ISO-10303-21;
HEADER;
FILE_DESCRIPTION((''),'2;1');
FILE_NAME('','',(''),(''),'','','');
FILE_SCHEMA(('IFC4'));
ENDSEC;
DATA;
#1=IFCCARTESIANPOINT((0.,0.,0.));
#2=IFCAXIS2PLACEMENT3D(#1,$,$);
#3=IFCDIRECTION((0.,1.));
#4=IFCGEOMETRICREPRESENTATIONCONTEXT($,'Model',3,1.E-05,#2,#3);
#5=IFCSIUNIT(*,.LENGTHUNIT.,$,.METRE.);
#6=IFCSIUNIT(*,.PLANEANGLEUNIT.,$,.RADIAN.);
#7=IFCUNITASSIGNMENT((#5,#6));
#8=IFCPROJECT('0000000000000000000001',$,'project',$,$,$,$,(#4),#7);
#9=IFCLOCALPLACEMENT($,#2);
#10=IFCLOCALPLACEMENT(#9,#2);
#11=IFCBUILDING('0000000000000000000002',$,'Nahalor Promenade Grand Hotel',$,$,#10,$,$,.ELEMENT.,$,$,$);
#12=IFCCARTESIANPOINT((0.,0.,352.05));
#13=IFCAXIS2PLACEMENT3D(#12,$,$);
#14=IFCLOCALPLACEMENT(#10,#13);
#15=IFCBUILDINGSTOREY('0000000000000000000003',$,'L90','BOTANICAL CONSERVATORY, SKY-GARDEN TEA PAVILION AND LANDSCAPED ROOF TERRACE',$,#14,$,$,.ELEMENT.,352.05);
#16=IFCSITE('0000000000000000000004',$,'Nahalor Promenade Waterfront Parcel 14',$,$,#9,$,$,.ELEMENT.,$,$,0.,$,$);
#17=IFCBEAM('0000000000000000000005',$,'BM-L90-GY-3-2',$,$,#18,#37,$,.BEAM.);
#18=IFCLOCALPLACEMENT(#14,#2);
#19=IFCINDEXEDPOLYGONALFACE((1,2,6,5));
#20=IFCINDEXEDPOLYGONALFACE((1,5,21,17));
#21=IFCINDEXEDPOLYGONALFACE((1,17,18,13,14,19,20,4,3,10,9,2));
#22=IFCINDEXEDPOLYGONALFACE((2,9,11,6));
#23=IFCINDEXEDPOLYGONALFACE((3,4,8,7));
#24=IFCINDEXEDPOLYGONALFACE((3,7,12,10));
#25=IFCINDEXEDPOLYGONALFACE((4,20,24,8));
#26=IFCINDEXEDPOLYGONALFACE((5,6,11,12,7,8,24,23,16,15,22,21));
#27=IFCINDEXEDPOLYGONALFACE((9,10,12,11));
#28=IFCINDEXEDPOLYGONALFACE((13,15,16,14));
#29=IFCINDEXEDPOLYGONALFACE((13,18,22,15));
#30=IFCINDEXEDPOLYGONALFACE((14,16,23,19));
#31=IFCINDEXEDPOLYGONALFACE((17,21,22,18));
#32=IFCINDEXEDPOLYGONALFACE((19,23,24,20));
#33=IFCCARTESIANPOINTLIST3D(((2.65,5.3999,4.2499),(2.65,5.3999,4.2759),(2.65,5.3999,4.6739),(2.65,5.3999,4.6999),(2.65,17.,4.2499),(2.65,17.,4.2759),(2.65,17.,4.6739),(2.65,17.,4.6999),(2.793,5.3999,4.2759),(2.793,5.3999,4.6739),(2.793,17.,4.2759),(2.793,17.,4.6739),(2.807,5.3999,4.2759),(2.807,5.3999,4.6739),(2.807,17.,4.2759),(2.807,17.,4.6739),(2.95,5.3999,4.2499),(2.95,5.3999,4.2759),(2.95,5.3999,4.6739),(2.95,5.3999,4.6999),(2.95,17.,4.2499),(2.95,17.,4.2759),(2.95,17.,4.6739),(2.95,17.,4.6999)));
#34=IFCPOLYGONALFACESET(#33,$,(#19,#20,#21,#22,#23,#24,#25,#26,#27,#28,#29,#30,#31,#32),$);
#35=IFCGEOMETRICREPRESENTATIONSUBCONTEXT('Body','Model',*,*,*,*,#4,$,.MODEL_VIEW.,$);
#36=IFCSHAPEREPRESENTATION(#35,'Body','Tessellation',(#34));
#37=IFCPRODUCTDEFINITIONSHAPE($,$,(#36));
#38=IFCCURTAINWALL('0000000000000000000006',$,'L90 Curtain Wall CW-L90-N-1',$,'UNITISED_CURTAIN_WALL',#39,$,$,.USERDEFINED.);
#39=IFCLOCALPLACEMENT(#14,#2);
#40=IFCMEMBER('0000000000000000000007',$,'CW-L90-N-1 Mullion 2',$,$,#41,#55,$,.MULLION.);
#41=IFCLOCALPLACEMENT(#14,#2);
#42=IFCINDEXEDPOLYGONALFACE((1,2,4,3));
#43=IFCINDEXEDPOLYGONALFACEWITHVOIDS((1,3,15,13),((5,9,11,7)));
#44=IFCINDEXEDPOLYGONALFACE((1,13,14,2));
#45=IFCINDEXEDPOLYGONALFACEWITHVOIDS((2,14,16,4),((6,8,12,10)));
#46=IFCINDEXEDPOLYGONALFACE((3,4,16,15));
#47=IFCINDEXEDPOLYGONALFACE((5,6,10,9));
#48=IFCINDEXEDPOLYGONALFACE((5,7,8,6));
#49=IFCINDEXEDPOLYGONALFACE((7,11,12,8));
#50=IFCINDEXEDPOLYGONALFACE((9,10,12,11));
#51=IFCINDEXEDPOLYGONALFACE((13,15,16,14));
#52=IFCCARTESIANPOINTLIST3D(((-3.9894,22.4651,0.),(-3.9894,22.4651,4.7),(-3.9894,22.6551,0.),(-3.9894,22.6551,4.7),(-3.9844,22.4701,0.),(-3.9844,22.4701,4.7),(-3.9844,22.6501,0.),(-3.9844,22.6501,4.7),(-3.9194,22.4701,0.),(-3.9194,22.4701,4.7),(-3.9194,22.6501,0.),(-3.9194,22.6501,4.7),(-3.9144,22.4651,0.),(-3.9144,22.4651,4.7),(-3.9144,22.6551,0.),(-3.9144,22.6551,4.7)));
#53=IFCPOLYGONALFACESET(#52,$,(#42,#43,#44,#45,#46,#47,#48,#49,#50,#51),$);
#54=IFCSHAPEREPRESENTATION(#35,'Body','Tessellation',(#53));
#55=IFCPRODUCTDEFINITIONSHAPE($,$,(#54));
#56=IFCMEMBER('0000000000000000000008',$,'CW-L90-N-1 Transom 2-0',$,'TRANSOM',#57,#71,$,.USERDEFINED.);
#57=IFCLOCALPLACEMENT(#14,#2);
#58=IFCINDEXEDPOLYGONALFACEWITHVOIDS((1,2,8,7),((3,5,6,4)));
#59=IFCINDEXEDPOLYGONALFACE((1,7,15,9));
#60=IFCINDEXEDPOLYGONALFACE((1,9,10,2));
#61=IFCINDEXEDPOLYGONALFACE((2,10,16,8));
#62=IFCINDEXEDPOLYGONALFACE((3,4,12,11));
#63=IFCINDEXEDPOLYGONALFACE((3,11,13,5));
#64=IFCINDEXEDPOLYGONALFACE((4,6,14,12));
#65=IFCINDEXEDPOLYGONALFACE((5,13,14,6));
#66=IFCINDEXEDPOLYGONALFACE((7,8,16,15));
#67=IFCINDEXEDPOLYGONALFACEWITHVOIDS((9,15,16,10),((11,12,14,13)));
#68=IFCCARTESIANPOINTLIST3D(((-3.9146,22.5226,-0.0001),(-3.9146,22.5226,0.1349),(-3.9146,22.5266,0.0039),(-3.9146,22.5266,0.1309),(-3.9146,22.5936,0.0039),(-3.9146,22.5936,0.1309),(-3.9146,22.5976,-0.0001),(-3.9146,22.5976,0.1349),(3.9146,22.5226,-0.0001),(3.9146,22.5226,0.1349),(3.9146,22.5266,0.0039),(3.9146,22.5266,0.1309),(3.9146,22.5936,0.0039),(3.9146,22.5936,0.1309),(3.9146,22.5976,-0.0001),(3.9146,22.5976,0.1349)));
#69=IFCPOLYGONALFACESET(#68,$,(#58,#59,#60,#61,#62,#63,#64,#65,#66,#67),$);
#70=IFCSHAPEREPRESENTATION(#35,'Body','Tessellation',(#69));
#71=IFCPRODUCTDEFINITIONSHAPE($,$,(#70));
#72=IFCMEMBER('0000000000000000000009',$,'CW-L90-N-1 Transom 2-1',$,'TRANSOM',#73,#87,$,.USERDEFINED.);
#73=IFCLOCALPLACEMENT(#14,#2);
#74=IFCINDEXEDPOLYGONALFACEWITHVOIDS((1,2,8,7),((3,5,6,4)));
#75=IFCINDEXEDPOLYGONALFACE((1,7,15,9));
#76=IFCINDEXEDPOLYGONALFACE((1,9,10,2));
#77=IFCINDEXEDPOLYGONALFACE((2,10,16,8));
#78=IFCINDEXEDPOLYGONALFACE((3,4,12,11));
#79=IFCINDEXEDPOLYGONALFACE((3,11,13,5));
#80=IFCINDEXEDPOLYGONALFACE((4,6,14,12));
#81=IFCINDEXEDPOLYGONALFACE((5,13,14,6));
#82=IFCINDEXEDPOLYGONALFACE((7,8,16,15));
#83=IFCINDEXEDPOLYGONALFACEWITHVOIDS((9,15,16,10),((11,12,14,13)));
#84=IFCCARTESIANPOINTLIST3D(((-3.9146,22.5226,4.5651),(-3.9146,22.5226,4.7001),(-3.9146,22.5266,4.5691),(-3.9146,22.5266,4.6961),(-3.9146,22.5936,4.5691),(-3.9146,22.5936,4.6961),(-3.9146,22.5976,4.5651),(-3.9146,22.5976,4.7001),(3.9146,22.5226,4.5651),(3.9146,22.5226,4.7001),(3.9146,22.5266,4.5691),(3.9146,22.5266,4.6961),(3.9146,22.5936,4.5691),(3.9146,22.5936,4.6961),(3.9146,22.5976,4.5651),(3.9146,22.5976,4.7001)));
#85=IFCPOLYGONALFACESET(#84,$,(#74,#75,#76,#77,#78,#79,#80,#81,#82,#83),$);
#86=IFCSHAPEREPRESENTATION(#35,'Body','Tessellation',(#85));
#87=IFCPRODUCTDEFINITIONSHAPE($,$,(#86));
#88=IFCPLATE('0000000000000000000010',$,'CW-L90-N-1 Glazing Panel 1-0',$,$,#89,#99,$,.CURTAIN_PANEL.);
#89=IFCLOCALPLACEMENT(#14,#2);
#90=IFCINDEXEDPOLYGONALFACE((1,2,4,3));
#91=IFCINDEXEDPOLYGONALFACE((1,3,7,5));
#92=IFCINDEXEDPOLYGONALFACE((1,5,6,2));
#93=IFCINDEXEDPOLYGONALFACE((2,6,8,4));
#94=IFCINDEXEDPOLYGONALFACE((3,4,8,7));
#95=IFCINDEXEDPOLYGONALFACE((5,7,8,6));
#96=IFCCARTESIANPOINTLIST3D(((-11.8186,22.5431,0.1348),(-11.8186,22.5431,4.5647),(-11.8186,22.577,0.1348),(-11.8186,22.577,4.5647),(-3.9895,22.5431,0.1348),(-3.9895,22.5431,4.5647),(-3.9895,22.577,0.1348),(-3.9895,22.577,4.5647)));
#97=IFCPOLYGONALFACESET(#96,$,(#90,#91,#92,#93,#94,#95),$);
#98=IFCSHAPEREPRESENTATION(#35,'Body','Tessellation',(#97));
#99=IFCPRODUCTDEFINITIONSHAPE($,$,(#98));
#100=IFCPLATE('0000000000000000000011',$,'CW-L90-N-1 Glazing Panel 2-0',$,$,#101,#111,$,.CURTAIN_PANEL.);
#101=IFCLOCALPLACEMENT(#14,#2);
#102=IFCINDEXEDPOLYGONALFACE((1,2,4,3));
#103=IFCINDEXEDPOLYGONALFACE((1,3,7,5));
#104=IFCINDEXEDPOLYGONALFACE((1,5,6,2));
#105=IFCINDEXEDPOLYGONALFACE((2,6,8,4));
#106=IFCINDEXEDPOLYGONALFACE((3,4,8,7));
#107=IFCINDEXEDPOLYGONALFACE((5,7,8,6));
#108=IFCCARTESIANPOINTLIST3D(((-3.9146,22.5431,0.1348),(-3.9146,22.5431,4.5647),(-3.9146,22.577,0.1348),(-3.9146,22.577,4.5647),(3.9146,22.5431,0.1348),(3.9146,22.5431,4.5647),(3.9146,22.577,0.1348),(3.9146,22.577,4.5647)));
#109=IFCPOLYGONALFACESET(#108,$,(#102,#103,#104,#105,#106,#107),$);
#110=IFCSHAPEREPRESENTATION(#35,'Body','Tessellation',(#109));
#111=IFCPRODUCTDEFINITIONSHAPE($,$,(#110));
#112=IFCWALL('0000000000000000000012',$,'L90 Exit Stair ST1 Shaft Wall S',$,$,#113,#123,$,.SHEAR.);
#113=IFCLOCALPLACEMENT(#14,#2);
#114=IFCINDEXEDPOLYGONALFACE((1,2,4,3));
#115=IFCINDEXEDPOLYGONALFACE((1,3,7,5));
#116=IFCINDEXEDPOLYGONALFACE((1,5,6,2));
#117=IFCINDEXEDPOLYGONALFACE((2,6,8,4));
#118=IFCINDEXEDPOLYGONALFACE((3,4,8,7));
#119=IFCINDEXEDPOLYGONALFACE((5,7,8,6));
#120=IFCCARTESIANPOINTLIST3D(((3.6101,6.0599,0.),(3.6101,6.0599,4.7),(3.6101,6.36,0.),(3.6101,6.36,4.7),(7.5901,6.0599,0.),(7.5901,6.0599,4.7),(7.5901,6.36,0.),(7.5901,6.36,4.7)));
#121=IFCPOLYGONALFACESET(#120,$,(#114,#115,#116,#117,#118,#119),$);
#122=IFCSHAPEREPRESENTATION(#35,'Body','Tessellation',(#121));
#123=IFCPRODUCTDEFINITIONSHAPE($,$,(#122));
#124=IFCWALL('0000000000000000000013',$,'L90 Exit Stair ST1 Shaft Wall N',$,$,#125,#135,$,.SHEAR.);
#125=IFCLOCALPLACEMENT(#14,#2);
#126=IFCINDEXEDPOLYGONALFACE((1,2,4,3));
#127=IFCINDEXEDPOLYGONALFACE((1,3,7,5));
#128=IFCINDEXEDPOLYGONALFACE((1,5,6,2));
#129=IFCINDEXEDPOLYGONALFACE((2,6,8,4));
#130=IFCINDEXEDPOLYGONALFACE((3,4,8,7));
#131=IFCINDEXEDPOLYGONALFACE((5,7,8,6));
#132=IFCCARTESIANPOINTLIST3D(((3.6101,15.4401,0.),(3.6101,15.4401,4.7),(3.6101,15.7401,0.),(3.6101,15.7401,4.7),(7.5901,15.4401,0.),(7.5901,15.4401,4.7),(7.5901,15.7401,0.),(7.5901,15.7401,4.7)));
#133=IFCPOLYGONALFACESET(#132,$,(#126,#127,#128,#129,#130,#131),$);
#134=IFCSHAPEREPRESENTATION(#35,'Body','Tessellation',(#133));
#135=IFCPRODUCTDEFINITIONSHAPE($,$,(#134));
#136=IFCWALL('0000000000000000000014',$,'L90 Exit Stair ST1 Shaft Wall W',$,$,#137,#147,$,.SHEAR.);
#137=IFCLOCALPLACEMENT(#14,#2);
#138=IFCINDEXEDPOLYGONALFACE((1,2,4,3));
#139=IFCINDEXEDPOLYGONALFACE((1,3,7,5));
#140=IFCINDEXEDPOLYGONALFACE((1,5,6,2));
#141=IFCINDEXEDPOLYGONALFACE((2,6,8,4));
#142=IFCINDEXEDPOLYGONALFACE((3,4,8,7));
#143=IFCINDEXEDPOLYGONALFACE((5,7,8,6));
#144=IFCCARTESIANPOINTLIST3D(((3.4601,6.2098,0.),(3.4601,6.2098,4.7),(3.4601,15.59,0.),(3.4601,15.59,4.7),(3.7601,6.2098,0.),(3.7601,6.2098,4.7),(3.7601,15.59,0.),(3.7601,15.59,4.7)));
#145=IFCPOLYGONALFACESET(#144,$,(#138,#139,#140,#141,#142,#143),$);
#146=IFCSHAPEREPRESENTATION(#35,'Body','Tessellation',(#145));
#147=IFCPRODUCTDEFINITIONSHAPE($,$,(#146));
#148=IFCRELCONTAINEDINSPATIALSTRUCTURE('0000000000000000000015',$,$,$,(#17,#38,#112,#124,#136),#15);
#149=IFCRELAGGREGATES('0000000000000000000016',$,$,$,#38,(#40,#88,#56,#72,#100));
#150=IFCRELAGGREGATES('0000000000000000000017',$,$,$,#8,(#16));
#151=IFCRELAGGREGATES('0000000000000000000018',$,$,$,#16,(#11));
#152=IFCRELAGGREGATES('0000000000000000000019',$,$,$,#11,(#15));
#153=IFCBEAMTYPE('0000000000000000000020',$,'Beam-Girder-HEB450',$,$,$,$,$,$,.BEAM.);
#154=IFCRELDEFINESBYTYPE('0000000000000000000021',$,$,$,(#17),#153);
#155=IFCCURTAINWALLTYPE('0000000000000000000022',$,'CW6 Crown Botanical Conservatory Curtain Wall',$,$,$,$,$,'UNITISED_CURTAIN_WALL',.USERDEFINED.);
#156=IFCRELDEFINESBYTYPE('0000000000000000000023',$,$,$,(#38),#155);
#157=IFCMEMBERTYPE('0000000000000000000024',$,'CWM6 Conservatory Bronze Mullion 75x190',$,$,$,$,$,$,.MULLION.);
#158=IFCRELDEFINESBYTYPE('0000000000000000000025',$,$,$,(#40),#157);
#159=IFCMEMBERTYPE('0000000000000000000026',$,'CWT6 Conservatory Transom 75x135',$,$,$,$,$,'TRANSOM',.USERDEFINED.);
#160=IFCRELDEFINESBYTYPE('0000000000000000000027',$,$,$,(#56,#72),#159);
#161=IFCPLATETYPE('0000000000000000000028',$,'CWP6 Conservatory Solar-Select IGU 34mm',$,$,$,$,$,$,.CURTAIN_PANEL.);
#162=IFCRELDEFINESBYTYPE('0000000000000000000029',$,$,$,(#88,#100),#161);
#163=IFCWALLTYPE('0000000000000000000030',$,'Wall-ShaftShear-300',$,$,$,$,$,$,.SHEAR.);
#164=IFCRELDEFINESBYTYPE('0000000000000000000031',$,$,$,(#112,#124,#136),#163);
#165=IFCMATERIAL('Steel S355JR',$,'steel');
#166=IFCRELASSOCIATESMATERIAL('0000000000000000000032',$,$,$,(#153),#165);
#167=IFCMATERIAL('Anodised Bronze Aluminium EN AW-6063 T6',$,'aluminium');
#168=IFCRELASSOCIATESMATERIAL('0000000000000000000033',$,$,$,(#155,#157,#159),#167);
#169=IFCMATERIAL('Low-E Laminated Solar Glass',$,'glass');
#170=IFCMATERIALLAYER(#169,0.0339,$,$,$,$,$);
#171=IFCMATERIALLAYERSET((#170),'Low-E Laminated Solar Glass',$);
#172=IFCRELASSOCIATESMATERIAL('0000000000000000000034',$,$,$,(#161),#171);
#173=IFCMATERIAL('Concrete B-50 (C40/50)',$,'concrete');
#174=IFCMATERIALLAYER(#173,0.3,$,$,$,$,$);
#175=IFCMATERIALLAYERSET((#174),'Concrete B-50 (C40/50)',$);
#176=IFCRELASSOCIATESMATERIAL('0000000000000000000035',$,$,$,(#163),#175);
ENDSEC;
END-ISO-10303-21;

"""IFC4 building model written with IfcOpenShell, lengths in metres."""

from ifc_helpers import new_model, si_unit, direction, frame, frame_2d, origin, origin_2d, place, context, subcontext, project, spatial, rectangle, hollow_rectangle, i_section, extrude, source, transform, mapped, material, layer, layer_set, material_profile, profile_set, type_object, element, aggregate, save


model = new_model("IFC4")

# Units and contexts
model_context = context("Model", 3, precision=1e-05, world=origin(), true_north=direction((0.0, 1.0)))
body_context = subcontext(model_context, "Body", "Model", "MODEL_VIEW")
ifc_project = project(units=[si_unit("LENGTHUNIT", "METRE"), si_unit("PLANEANGLEUNIT", "RADIAN")], contexts=[model_context])

# Site, building, storey
site_placement = place(None, origin())
site = spatial("IfcSite", under=ifc_project, at=site_placement, Name="Nahalor Promenade Waterfront Parcel 14", CompositionType="ELEMENT", RefElevation=0.0)
building_placement = place(site_placement, origin())
building = spatial("IfcBuilding", under=site, at=building_placement, Name="Nahalor Promenade Grand Hotel", CompositionType="ELEMENT")
storey_placement = place(building_placement, frame((0.0, 0.0, 352.05)))
storey = spatial("IfcBuildingStorey", under=building, at=storey_placement, Name="L90", Description="BOTANICAL CONSERVATORY, SKY-GARDEN TEA PAVILION AND LANDSCAPED ROOF TERRACE", CompositionType="ELEMENT", Elevation=352.05)

# Shared definitions
ifc_material_1 = material(Name="Concrete B-50 (C40/50)", Category="concrete")
ifc_material_2 = material(Name="Steel S355JR", Category="steel")

# Beam
ifc_material_profile_1 = material_profile(ifc_material_2, i_section(OverallWidth=0.3, OverallDepth=0.45, WebThickness=0.014, FlangeThickness=0.026, at=origin_2d()), Name="HEB 450")
ifc_profile_set_1 = profile_set([ifc_material_profile_1], Name="Steel S355JR")
beam_type = type_object("IfcBeamType", Name="Beam-Girder-HEB450", PredefinedType="BEAM", material=ifc_profile_set_1)
shared_shape_1 = source(origin(), body_context, "Body", "SweptSolid", [
    extrude(i_section(OverallWidth=0.3, OverallDepth=0.45, WebThickness=0.014, FlangeThickness=0.026, at=origin_2d()), origin(), (0.0, 0.0, 1.0), 11.6001),
])
beam_1_placement = place(storey_placement, frame((2.8, 5.3999, 4.4749), z_axis=(0.0, 1.0, 0.0), x_axis=(-1.0, 0.0, 0.0)))
element("IfcBeam", 1, at=beam_1_placement, inside=storey, type_object=beam_type, Name="BM-L90-GY-3-2", PredefinedType="BEAM", context=body_context, shape_type="MappedRepresentation", body=[
    mapped(shared_shape_1, transform((0.0, 0.0, 0.0), scale=1.0)),
])

# Curtain wall, members, plates
ifc_material_3 = material(Name="Anodised Bronze Aluminium EN AW-6063 T6", Category="aluminium")
curtain_wall_type = type_object("IfcCurtainWallType", Name="CW6 Crown Botanical Conservatory Curtain Wall", ElementType="UNITISED_CURTAIN_WALL", PredefinedType="USERDEFINED", material=ifc_material_3)
curtain_wall_placement = place(storey_placement, origin())
curtain_wall = element("IfcCurtainWall", 2, at=curtain_wall_placement, inside=storey, type_object=curtain_wall_type, Name="L90 Curtain Wall CW-L90-N-1", ObjectType="UNITISED_CURTAIN_WALL", PredefinedType="USERDEFINED")
ifc_material_profile_2 = material_profile(ifc_material_3, hollow_rectangle(XDim=0.075, YDim=0.19, WallThickness=0.005, at=origin_2d()), Name="CWM 75x190x5")
ifc_profile_set_2 = profile_set([ifc_material_profile_2], Name="Anodised Bronze Aluminium EN AW-6063 T6")
member_type_1 = type_object("IfcMemberType", Name="CWM6 Conservatory Bronze Mullion 75x190", PredefinedType="MULLION", material=ifc_profile_set_2)
shared_shape_2 = source(origin(), body_context, "Body", "SweptSolid", [
    extrude(hollow_rectangle(XDim=0.075, YDim=0.19, WallThickness=0.005, at=origin_2d()), origin(), (0.0, 0.0, 1.0), 4.7),
])
member_1_placement = place(storey_placement, frame((-3.9519, 22.5601, 0.0), z_axis=(0.0, 0.0, 1.0), x_axis=(1.0, 0.0, 0.0)))
member_1 = element("IfcMember", 3, at=member_1_placement, type_object=member_type_1, Name="CW-L90-N-1 Mullion 2", PredefinedType="MULLION", context=body_context, shape_type="MappedRepresentation", body=[
    mapped(shared_shape_2, transform((0.0, 0.0, 0.0), scale=1.0)),
])
ifc_material_profile_3 = material_profile(ifc_material_3, hollow_rectangle(XDim=0.075, YDim=0.135, WallThickness=0.004, at=origin_2d()), Name="CWT 75x135x4")
ifc_profile_set_3 = profile_set([ifc_material_profile_3], Name="Anodised Bronze Aluminium EN AW-6063 T6")
member_type_2 = type_object("IfcMemberType", Name="CWT6 Conservatory Transom 75x135", ElementType="TRANSOM", PredefinedType="USERDEFINED", material=ifc_profile_set_3)
shared_shape_3 = source(origin(), body_context, "Body", "SweptSolid", [
    extrude(hollow_rectangle(XDim=0.075, YDim=0.135, WallThickness=0.004, at=origin_2d()), origin(), (0.0, 0.0, 1.0), 7.8291),
])
member_2_placement = place(storey_placement, frame((-3.9146, 22.5601, 0.0674), z_axis=(1.0, 0.0, 0.0), x_axis=(0.0, 1.0, 0.0)))
member_2 = element("IfcMember", 4, at=member_2_placement, type_object=member_type_2, Name="CW-L90-N-1 Transom 2-0", ObjectType="TRANSOM", PredefinedType="USERDEFINED", context=body_context, shape_type="MappedRepresentation", body=[
    mapped(shared_shape_3, transform((0.0, 0.0, 0.0), scale=1.0)),
])
member_3_placement = place(storey_placement, frame((-3.9146, 22.5601, 4.6326), z_axis=(1.0, 0.0, 0.0), x_axis=(0.0, 1.0, 0.0)))
member_3 = element("IfcMember", 5, at=member_3_placement, type_object=member_type_2, Name="CW-L90-N-1 Transom 2-1", ObjectType="TRANSOM", PredefinedType="USERDEFINED", context=body_context, shape_type="MappedRepresentation", body=[
    mapped(shared_shape_3, transform((0.0, 0.0, 0.0), scale=1.0)),
])
ifc_material_4 = material(Name="Low-E Laminated Solar Glass", Category="glass")
ifc_layer_1 = layer(ifc_material_4, 0.0339)
ifc_layer_set_1 = layer_set([ifc_layer_1], Name="Low-E Laminated Solar Glass")
plate_type = type_object("IfcPlateType", Name="CWP6 Conservatory Solar-Select IGU 34mm", PredefinedType="CURTAIN_PANEL", material=ifc_layer_set_1)
shared_shape_4 = source(origin(), body_context, "Body", "SweptSolid", [
    extrude(rectangle(XDim=7.8291, YDim=0.0339, at=origin_2d()), origin(), (0.0, 0.0, 1.0), 4.4299),
])
plate_1_placement = place(storey_placement, frame((-7.9041, 22.5601, 0.1348), z_axis=(0.0, 0.0, 1.0), x_axis=(1.0, 0.0, 0.0)))
plate_1 = element("IfcPlate", 6, at=plate_1_placement, type_object=plate_type, Name="CW-L90-N-1 Glazing Panel 1-0", PredefinedType="CURTAIN_PANEL", context=body_context, shape_type="MappedRepresentation", body=[
    mapped(shared_shape_4, transform((0.0, 0.0, 0.0), scale=1.0)),
])
plate_2_placement = place(storey_placement, frame((0.0, 22.5601, 0.1348), z_axis=(0.0, 0.0, 1.0), x_axis=(1.0, 0.0, 0.0)))
plate_2 = element("IfcPlate", 7, at=plate_2_placement, type_object=plate_type, Name="CW-L90-N-1 Glazing Panel 2-0", PredefinedType="CURTAIN_PANEL", context=body_context, shape_type="MappedRepresentation", body=[
    mapped(shared_shape_4, transform((0.0, 0.0, 0.0), scale=1.0)),
])
aggregate(curtain_wall, [member_1, plate_1, member_2, member_3, plate_2])

# Walls
ifc_layer_2 = layer(ifc_material_1, 0.3)
ifc_layer_set_2 = layer_set([ifc_layer_2], Name="Concrete B-50 (C40/50)")
wall_type = type_object("IfcWallType", Name="Wall-ShaftShear-300", PredefinedType="SHEAR", material=ifc_layer_set_2)
shared_shape_5 = source(origin(), body_context, "Body", "SweptSolid", [
    extrude(rectangle(XDim=3.98, YDim=0.3, at=frame_2d((1.99, 0.0))), origin(), (0.0, 0.0, 1.0), 4.7),
])
for number, where, z_axis, x_axis, name in (
    (8, (3.6101, 6.21, 0.0), (0.0, 0.0, 1.0), (1.0, 0.0, 0.0), "L90 Exit Stair ST1 Shaft Wall S"),
    (9, (3.6101, 15.5901, 0.0), (0.0, 0.0, 1.0), (1.0, 0.0, 0.0), "L90 Exit Stair ST1 Shaft Wall N"),
):
    element("IfcWall", number, at=place(storey_placement, frame(where, z_axis=z_axis, x_axis=x_axis)), inside=storey, type_object=wall_type, Name=name, PredefinedType="SHEAR", context=body_context, shape_type="MappedRepresentation", body=[
        mapped(shared_shape_5, transform((0.0, 0.0, 0.0), scale=1.0)),
    ])
shared_shape_6 = source(origin(), body_context, "Body", "SweptSolid", [
    extrude(rectangle(XDim=9.3801, YDim=0.3, at=frame_2d((4.6899, 0.0))), origin(), (0.0, 0.0, 1.0), 4.7),
])
wall_placement = place(storey_placement, frame((3.6101, 6.21, 0.0), z_axis=(0.0, 0.0, 1.0), x_axis=(0.0, 1.0, 0.0)))
element("IfcWall", 10, at=wall_placement, inside=storey, type_object=wall_type, Name="L90 Exit Stair ST1 Shaft Wall W", PredefinedType="SHEAR", context=body_context, shape_type="MappedRepresentation", body=[
    mapped(shared_shape_6, transform((0.0, 0.0, 0.0), scale=1.0)),
])

save(model, "model.ifc")
